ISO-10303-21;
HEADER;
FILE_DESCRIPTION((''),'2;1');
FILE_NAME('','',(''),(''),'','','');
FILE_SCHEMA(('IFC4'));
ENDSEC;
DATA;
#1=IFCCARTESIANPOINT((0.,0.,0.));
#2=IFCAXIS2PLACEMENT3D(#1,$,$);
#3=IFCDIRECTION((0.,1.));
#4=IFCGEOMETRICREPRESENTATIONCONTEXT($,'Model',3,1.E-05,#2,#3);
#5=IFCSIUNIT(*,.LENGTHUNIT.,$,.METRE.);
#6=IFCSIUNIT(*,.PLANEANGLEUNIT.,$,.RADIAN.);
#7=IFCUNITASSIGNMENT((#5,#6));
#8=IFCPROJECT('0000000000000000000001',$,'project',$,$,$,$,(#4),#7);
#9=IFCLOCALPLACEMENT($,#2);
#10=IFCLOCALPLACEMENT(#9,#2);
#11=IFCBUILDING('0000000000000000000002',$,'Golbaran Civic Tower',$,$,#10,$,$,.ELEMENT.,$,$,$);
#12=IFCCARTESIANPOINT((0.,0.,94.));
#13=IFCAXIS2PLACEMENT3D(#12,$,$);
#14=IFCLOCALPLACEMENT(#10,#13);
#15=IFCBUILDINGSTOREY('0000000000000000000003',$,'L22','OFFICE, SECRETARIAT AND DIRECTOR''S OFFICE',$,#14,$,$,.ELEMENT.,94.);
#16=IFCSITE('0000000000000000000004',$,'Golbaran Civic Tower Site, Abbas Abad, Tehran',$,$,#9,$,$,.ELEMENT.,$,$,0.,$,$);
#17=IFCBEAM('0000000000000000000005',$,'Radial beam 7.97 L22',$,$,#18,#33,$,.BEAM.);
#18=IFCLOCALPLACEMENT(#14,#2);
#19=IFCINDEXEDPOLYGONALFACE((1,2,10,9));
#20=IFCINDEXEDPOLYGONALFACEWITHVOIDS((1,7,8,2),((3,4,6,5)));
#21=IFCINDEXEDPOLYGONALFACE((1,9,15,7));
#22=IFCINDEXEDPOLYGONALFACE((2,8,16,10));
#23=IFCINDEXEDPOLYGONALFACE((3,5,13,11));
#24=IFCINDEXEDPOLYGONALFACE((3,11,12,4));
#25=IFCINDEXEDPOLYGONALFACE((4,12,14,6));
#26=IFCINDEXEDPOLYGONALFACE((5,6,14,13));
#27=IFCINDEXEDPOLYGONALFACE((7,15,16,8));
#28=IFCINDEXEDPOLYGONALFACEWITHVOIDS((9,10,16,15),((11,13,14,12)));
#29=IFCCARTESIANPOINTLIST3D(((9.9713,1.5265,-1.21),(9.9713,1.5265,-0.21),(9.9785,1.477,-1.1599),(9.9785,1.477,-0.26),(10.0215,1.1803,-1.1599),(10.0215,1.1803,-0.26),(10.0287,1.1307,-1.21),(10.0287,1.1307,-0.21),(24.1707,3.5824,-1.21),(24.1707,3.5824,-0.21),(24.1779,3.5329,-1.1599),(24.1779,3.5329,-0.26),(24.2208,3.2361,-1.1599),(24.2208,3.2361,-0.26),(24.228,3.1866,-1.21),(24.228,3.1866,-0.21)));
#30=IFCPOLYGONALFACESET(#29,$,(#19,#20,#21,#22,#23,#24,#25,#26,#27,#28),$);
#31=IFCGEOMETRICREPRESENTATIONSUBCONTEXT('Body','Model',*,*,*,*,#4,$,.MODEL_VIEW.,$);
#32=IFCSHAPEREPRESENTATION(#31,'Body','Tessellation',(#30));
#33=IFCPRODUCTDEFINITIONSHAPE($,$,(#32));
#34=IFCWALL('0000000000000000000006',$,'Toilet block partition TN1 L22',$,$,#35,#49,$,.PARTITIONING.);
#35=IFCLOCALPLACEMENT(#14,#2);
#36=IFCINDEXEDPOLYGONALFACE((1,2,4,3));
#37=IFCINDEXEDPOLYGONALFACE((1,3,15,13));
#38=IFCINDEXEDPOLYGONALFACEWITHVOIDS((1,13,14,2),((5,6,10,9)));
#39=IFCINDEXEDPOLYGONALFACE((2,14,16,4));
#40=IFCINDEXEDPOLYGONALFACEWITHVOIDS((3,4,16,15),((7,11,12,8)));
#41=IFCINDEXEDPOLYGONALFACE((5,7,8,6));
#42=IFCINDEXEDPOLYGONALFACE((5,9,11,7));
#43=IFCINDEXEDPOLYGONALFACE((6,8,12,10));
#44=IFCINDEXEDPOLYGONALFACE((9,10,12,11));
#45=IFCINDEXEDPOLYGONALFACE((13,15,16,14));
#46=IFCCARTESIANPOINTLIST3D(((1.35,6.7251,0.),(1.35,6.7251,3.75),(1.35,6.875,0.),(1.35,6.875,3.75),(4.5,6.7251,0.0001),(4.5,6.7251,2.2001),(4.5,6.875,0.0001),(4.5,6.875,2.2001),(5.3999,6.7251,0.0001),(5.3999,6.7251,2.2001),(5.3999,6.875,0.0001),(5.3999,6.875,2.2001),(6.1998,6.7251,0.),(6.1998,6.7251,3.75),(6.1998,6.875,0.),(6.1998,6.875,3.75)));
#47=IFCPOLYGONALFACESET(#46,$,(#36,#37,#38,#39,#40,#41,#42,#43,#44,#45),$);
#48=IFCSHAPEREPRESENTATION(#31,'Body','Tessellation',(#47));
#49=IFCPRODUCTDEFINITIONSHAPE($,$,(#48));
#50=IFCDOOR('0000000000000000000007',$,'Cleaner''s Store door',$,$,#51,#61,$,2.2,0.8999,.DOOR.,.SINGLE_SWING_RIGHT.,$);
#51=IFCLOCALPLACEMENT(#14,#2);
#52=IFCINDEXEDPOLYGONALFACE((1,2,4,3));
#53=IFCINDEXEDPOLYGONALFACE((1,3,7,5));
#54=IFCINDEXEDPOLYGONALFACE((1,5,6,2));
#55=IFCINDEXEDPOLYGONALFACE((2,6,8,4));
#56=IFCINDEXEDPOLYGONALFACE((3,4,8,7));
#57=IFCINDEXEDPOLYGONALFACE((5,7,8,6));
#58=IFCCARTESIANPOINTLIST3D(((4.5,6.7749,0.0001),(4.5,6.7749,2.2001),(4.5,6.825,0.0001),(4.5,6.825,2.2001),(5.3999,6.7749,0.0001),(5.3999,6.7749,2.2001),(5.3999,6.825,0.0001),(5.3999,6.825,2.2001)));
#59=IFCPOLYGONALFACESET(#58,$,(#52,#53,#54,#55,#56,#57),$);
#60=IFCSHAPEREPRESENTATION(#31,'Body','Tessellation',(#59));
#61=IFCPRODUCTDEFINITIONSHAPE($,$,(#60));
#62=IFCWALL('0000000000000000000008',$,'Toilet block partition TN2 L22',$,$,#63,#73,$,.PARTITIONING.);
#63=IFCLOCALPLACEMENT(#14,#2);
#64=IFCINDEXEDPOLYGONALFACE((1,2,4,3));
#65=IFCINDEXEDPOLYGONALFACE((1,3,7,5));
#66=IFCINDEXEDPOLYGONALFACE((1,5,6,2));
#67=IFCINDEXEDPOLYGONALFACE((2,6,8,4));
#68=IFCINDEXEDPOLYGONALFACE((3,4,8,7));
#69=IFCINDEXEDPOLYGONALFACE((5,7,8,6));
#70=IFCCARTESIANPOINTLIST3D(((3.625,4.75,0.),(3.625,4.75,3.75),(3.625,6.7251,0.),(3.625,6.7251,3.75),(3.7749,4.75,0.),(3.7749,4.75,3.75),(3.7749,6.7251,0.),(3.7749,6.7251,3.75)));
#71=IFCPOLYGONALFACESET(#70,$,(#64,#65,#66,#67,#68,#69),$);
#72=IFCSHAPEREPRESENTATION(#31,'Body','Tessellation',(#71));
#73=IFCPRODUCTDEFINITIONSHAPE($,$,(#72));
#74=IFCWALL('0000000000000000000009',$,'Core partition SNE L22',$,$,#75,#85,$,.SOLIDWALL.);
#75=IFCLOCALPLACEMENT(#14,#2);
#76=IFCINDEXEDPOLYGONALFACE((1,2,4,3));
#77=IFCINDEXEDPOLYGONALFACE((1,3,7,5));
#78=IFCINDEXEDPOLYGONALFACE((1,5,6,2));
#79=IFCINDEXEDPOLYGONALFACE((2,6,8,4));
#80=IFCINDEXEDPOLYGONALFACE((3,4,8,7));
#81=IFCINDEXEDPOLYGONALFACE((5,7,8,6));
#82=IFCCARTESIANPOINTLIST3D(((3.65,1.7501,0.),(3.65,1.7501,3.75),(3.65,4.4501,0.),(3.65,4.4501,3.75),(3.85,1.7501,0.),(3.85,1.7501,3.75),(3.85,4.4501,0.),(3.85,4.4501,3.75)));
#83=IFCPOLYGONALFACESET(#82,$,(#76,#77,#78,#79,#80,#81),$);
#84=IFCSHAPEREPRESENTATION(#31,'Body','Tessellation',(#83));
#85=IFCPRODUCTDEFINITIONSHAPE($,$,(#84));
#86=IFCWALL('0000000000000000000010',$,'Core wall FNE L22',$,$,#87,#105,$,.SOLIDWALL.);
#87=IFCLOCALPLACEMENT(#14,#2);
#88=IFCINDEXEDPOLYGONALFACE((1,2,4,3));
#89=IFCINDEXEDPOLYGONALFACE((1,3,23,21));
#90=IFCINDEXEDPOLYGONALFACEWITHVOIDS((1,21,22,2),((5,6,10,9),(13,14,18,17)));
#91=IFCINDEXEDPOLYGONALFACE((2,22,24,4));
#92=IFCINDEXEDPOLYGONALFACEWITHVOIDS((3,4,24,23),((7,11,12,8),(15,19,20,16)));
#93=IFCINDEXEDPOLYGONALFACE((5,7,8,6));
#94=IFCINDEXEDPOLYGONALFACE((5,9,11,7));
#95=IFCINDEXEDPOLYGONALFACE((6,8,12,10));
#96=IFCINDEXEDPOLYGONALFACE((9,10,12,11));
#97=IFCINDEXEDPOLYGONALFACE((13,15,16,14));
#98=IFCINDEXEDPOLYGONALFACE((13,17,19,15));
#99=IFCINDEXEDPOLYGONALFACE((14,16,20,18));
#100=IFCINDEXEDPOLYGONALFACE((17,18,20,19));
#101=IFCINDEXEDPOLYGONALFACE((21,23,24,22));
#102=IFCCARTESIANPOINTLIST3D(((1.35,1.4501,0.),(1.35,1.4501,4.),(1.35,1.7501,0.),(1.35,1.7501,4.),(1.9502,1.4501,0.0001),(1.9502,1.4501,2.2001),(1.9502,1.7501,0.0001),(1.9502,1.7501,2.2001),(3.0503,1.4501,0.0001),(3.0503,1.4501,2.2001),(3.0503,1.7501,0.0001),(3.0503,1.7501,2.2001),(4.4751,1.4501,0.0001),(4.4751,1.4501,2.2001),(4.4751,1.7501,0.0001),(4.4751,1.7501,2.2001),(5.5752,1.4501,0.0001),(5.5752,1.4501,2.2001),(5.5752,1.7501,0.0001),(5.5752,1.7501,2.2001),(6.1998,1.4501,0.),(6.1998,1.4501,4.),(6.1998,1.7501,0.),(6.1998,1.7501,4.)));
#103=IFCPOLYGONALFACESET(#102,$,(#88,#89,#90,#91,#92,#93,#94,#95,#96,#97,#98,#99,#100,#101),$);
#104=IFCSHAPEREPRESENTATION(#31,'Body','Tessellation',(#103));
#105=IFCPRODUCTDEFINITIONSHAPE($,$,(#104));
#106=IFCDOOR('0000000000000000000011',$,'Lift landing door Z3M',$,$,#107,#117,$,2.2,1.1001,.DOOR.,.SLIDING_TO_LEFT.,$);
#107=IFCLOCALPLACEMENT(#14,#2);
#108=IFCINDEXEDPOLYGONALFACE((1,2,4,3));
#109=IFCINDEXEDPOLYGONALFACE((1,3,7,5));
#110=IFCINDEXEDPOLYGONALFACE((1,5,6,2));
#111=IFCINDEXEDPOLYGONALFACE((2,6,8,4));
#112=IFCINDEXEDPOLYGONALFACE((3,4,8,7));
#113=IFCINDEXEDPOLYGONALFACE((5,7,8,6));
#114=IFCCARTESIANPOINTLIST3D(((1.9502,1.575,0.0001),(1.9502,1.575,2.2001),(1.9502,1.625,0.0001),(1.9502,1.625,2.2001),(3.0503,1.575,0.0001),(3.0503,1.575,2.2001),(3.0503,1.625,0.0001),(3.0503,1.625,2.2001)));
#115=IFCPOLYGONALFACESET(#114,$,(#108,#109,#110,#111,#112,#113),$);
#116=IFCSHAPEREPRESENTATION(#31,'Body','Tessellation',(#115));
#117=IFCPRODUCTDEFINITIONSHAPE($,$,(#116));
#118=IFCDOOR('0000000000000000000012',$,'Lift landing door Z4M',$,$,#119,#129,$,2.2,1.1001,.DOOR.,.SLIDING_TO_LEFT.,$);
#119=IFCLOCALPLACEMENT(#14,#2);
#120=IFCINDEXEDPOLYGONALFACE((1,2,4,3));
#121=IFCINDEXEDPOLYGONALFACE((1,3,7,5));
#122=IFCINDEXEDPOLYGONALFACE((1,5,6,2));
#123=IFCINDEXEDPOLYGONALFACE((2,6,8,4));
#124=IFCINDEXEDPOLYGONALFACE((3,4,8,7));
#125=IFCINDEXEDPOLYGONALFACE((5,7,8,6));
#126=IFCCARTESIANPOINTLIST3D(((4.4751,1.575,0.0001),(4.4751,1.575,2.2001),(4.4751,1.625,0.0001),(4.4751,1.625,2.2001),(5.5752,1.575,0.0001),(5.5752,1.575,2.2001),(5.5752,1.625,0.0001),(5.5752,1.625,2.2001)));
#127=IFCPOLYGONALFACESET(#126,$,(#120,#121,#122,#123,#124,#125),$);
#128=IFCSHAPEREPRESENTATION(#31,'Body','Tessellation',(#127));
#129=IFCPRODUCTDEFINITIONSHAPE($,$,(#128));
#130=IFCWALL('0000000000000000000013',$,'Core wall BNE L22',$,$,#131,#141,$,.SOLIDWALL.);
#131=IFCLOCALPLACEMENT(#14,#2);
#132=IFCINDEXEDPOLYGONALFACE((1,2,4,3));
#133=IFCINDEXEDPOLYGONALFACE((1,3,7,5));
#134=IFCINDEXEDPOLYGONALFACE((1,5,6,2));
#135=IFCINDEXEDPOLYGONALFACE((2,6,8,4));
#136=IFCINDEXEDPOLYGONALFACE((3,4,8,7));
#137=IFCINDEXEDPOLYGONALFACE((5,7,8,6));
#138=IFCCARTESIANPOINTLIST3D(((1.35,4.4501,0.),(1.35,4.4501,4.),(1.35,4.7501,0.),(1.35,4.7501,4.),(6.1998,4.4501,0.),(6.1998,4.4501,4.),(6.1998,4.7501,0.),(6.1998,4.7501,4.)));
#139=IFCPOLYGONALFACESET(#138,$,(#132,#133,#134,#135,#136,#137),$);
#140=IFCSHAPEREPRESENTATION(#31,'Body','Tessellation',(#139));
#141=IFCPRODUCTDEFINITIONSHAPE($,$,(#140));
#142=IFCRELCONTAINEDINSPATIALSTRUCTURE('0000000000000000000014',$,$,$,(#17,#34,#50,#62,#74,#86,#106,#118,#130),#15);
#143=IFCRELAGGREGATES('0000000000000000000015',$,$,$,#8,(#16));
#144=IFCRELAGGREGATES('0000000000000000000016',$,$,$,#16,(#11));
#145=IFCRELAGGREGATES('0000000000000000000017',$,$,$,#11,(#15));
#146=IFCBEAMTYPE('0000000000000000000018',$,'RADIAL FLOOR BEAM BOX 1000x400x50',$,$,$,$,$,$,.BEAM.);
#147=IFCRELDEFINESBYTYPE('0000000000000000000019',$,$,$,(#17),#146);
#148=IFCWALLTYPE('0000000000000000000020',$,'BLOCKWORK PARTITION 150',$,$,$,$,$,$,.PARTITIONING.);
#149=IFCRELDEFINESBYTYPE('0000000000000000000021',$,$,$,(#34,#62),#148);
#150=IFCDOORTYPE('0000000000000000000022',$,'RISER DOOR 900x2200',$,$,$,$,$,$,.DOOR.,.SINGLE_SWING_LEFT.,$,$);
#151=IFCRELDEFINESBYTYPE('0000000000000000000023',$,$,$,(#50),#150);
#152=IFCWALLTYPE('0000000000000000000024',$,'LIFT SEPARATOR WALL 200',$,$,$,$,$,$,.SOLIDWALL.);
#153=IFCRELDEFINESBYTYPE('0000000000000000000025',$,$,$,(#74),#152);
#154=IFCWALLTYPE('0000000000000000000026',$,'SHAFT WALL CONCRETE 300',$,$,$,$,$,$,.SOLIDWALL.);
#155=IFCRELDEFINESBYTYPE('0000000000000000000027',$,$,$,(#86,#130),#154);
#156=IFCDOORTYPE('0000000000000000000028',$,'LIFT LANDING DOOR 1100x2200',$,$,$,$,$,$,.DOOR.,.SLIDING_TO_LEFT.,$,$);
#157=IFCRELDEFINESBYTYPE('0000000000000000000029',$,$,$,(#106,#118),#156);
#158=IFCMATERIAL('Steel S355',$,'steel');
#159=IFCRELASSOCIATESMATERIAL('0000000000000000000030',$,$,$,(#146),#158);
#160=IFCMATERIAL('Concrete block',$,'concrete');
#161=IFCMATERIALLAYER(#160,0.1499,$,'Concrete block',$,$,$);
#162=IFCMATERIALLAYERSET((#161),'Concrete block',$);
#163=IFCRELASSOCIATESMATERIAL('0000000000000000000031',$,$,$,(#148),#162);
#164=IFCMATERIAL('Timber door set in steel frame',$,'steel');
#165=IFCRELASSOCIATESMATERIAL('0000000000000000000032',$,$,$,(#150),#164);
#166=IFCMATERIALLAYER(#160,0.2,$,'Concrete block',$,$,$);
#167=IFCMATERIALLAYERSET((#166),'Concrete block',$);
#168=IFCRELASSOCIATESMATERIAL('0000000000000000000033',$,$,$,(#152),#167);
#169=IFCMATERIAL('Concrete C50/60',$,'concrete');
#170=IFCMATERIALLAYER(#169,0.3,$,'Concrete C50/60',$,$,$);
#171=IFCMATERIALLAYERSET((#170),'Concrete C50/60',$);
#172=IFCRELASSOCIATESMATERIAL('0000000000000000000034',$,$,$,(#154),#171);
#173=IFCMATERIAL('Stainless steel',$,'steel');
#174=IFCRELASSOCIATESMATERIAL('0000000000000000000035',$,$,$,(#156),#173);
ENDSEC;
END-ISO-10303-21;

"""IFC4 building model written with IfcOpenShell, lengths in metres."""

from ifc_helpers import new_model, si_unit, direction, frame, frame_2d, origin, origin_2d, place, context, subcontext, project, spatial, rectangle, hollow_rectangle, extrude, material, layer, layer_set, material_profile, profile_set, type_object, element, fill, save


model = new_model("IFC4")

# Units and contexts
model_context = context("Model", 3, precision=1e-05, world=origin(), true_north=direction((0.0, 1.0)))
body_context = subcontext(model_context, "Body", "Model", "MODEL_VIEW")
ifc_project = project(units=[si_unit("LENGTHUNIT", "METRE"), si_unit("PLANEANGLEUNIT", "RADIAN")], contexts=[model_context])

# Site, building, storey
site_placement = place(None, origin())
site = spatial("IfcSite", under=ifc_project, at=site_placement, Name="Golbaran Civic Tower Site, Abbas Abad, Tehran", CompositionType="ELEMENT", RefElevation=0.0)
building_placement = place(site_placement, origin())
building = spatial("IfcBuilding", under=site, at=building_placement, Name="Golbaran Civic Tower", CompositionType="ELEMENT")
storey_placement = place(building_placement, frame((0.0, 0.0, 94.0)))
storey = spatial("IfcBuildingStorey", under=building, at=storey_placement, Name="L22", Description="OFFICE, SECRETARIAT AND DIRECTOR'S OFFICE", CompositionType="ELEMENT", Elevation=94.0)

# Beam
ifc_material_1 = material(Name="Steel S355", Category="steel")
ifc_material_profile = material_profile(ifc_material_1, hollow_rectangle(XDim=0.3999, YDim=1.0, WallThickness=0.05, at=origin_2d()), Name="BOX 1000x400x50")
ifc_profile_set = profile_set([ifc_material_profile], Name="Steel S355")
beam_type = type_object("IfcBeamType", Name="RADIAL FLOOR BEAM BOX 1000x400x50", PredefinedType="BEAM", material=ifc_profile_set)
beam_placement = place(storey_placement, frame((10.0, 1.3286, -0.71), z_axis=(0.98968, 0.143294, 0.0), x_axis=(-0.143294, 0.98968, 0.0)))
element("IfcBeam", 1, at=beam_placement, inside=storey, type_object=beam_type, Name="Radial beam 7.97 L22", PredefinedType="BEAM", context=body_context, shape_type="SweptSolid", body=[
    extrude(hollow_rectangle(XDim=0.3999, YDim=1.0, WallThickness=0.05, at=origin_2d()), origin(), (0.0, 0.0, 1.0), 14.3474),
])

# Wall, opening, door
ifc_material_2 = material(Name="Concrete block", Category="concrete")
ifc_layer_1 = layer(ifc_material_2, 0.1499, Name="Concrete block")
ifc_layer_set_1 = layer_set([ifc_layer_1], Name="Concrete block")
wall_type_1 = type_object("IfcWallType", Name="BLOCKWORK PARTITION 150", PredefinedType="PARTITIONING", material=ifc_layer_set_1)
wall_1_placement = place(storey_placement, frame((1.3501, 6.8, 0.0), z_axis=(0.0, 0.0, 1.0), x_axis=(1.0, 0.0, 0.0)))
wall_1 = element("IfcWall", 2, at=wall_1_placement, inside=storey, type_object=wall_type_1, Name="Toilet block partition TN1 L22", PredefinedType="PARTITIONING", context=body_context, shape_type="SweptSolid", body=[
    extrude(rectangle(XDim=4.8499, YDim=0.1499, at=frame_2d((2.4248, 0.0))), origin(), (0.0, 0.0, 1.0), 3.75),
])
opening_1_placement = place(wall_1_placement, frame((3.1499, 0.0, 0.0)))
opening_1 = element("IfcOpeningElement", 3, at=opening_1_placement, cuts=wall_1, PredefinedType="OPENING", context=body_context, shape_type="SweptSolid", body=[
    extrude(rectangle(XDim=0.8999, YDim=2.2, at=frame_2d((0.45, 1.1001))), frame((0.0, 0.085, 0.0), z_axis=(0.0, -1.0, 0.0), x_axis=(1.0, 0.0, 0.0)), (0.0, 0.0, 1.0), 0.1699),
])
ifc_material_3 = material(Name="Timber door set in steel frame", Category="steel")
door_type_1 = type_object("IfcDoorType", Name="RISER DOOR 900x2200", OperationType="SINGLE_SWING_LEFT", PredefinedType="DOOR", material=ifc_material_3)
door_1_placement = place(opening_1_placement, origin())
door_1 = element("IfcDoor", 4, at=door_1_placement, inside=storey, type_object=door_type_1, Name="Cleaner's Store door", OperationType="SINGLE_SWING_RIGHT", OverallHeight=2.2, OverallWidth=0.8999, PredefinedType="DOOR", context=body_context, shape_type="SweptSolid", body=[
    extrude(rectangle(XDim=0.8999, YDim=2.2, at=frame_2d((0.45, 1.1001))), frame((0.0, 0.0249, 0.0), z_axis=(0.0, -1.0, 0.0), x_axis=(1.0, 0.0, 0.0)), (0.0, 0.0, 1.0), 0.05),
])
fill(opening_1, door_1)

# Walls
wall_2_placement = place(storey_placement, frame((3.7, 4.75, 0.0), z_axis=(0.0, 0.0, 1.0), x_axis=(0.0, 1.0, 0.0)))
element("IfcWall", 5, at=wall_2_placement, inside=storey, type_object=wall_type_1, Name="Toilet block partition TN2 L22", PredefinedType="PARTITIONING", context=body_context, shape_type="SweptSolid", body=[
    extrude(rectangle(XDim=1.9751, YDim=0.1499, at=frame_2d((0.9875, 0.0))), origin(), (0.0, 0.0, 1.0), 3.75),
])
ifc_layer_2 = layer(ifc_material_2, 0.2, Name="Concrete block")
ifc_layer_set_2 = layer_set([ifc_layer_2], Name="Concrete block")
wall_type_2 = type_object("IfcWallType", Name="LIFT SEPARATOR WALL 200", PredefinedType="SOLIDWALL", material=ifc_layer_set_2)
wall_3_placement = place(storey_placement, frame((3.75, 1.75, 0.0), z_axis=(0.0, 0.0, 1.0), x_axis=(0.0, 1.0, 0.0)))
element("IfcWall", 6, at=wall_3_placement, inside=storey, type_object=wall_type_2, Name="Core partition SNE L22", PredefinedType="SOLIDWALL", context=body_context, shape_type="SweptSolid", body=[
    extrude(rectangle(XDim=2.7, YDim=0.2, at=frame_2d((1.3501, 0.0))), origin(), (0.0, 0.0, 1.0), 3.75),
])

# Wall, openings, doors
ifc_material_4 = material(Name="Concrete C50/60", Category="concrete")
ifc_layer_3 = layer(ifc_material_4, 0.3, Name="Concrete C50/60")
ifc_layer_set_3 = layer_set([ifc_layer_3], Name="Concrete C50/60")
wall_type_3 = type_object("IfcWallType", Name="SHAFT WALL CONCRETE 300", PredefinedType="SOLIDWALL", material=ifc_layer_set_3)
wall_4_placement = place(storey_placement, frame((1.3501, 1.6001, 0.0), z_axis=(0.0, 0.0, 1.0), x_axis=(1.0, 0.0, 0.0)))
wall_4 = element("IfcWall", 7, at=wall_4_placement, inside=storey, type_object=wall_type_3, Name="Core wall FNE L22", PredefinedType="SOLIDWALL", context=body_context, shape_type="SweptSolid", body=[
    extrude(rectangle(XDim=4.8499, YDim=0.3, at=frame_2d((2.4248, 0.0))), origin(), (0.0, 0.0, 1.0), 4.0),
])
opening_2_placement = place(wall_4_placement, frame((0.6001, 0.0, 0.0)))
opening_2 = element("IfcOpeningElement", 8, at=opening_2_placement, cuts=wall_4, PredefinedType="OPENING", context=body_context, shape_type="SweptSolid", body=[
    extrude(rectangle(XDim=1.1001, YDim=2.2, at=frame_2d((0.55, 1.1001))), frame((0.0, 0.1599, 0.0), z_axis=(0.0, -1.0, 0.0), x_axis=(1.0, 0.0, 0.0)), (0.0, 0.0, 1.0), 0.3201),
])
opening_3_placement = place(wall_4_placement, frame((3.125, 0.0, 0.0)))
opening_3 = element("IfcOpeningElement", 9, at=opening_3_placement, cuts=wall_4, PredefinedType="OPENING", context=body_context, shape_type="SweptSolid", body=[
    extrude(rectangle(XDim=1.1001, YDim=2.2, at=frame_2d((0.55, 1.1001))), frame((0.0, 0.1599, 0.0), z_axis=(0.0, -1.0, 0.0), x_axis=(1.0, 0.0, 0.0)), (0.0, 0.0, 1.0), 0.3201),
])
ifc_material_5 = material(Name="Stainless steel", Category="steel")
door_type_2 = type_object("IfcDoorType", Name="LIFT LANDING DOOR 1100x2200", OperationType="SLIDING_TO_LEFT", PredefinedType="DOOR", material=ifc_material_5)
door_2_placement = place(opening_2_placement, origin())
door_2 = element("IfcDoor", 10, at=door_2_placement, inside=storey, type_object=door_type_2, Name="Lift landing door Z3M", OperationType="SLIDING_TO_LEFT", OverallHeight=2.2, OverallWidth=1.1001, PredefinedType="DOOR", context=body_context, shape_type="SweptSolid", body=[
    extrude(rectangle(XDim=1.1001, YDim=2.2, at=frame_2d((0.55, 1.1001))), frame((0.0, 0.0249, 0.0), z_axis=(0.0, -1.0, 0.0), x_axis=(1.0, 0.0, 0.0)), (0.0, 0.0, 1.0), 0.05),
])
fill(opening_2, door_2)
door_3_placement = place(opening_3_placement, origin())
door_3 = element("IfcDoor", 11, at=door_3_placement, inside=storey, type_object=door_type_2, Name="Lift landing door Z4M", OperationType="SLIDING_TO_LEFT", OverallHeight=2.2, OverallWidth=1.1001, PredefinedType="DOOR", context=body_context, shape_type="SweptSolid", body=[
    extrude(rectangle(XDim=1.1001, YDim=2.2, at=frame_2d((0.55, 1.1001))), frame((0.0, 0.0249, 0.0), z_axis=(0.0, -1.0, 0.0), x_axis=(1.0, 0.0, 0.0)), (0.0, 0.0, 1.0), 0.05),
])
fill(opening_3, door_3)

# Wall
wall_5_placement = place(storey_placement, frame((1.3501, 4.6001, 0.0), z_axis=(0.0, 0.0, 1.0), x_axis=(1.0, 0.0, 0.0)))
element("IfcWall", 12, at=wall_5_placement, inside=storey, type_object=wall_type_3, Name="Core wall BNE L22", PredefinedType="SOLIDWALL", context=body_context, shape_type="SweptSolid", body=[
    extrude(rectangle(XDim=4.8499, YDim=0.3, at=frame_2d((2.4248, 0.0))), origin(), (0.0, 0.0, 1.0), 4.0),
])

save(model, "model.ifc")
